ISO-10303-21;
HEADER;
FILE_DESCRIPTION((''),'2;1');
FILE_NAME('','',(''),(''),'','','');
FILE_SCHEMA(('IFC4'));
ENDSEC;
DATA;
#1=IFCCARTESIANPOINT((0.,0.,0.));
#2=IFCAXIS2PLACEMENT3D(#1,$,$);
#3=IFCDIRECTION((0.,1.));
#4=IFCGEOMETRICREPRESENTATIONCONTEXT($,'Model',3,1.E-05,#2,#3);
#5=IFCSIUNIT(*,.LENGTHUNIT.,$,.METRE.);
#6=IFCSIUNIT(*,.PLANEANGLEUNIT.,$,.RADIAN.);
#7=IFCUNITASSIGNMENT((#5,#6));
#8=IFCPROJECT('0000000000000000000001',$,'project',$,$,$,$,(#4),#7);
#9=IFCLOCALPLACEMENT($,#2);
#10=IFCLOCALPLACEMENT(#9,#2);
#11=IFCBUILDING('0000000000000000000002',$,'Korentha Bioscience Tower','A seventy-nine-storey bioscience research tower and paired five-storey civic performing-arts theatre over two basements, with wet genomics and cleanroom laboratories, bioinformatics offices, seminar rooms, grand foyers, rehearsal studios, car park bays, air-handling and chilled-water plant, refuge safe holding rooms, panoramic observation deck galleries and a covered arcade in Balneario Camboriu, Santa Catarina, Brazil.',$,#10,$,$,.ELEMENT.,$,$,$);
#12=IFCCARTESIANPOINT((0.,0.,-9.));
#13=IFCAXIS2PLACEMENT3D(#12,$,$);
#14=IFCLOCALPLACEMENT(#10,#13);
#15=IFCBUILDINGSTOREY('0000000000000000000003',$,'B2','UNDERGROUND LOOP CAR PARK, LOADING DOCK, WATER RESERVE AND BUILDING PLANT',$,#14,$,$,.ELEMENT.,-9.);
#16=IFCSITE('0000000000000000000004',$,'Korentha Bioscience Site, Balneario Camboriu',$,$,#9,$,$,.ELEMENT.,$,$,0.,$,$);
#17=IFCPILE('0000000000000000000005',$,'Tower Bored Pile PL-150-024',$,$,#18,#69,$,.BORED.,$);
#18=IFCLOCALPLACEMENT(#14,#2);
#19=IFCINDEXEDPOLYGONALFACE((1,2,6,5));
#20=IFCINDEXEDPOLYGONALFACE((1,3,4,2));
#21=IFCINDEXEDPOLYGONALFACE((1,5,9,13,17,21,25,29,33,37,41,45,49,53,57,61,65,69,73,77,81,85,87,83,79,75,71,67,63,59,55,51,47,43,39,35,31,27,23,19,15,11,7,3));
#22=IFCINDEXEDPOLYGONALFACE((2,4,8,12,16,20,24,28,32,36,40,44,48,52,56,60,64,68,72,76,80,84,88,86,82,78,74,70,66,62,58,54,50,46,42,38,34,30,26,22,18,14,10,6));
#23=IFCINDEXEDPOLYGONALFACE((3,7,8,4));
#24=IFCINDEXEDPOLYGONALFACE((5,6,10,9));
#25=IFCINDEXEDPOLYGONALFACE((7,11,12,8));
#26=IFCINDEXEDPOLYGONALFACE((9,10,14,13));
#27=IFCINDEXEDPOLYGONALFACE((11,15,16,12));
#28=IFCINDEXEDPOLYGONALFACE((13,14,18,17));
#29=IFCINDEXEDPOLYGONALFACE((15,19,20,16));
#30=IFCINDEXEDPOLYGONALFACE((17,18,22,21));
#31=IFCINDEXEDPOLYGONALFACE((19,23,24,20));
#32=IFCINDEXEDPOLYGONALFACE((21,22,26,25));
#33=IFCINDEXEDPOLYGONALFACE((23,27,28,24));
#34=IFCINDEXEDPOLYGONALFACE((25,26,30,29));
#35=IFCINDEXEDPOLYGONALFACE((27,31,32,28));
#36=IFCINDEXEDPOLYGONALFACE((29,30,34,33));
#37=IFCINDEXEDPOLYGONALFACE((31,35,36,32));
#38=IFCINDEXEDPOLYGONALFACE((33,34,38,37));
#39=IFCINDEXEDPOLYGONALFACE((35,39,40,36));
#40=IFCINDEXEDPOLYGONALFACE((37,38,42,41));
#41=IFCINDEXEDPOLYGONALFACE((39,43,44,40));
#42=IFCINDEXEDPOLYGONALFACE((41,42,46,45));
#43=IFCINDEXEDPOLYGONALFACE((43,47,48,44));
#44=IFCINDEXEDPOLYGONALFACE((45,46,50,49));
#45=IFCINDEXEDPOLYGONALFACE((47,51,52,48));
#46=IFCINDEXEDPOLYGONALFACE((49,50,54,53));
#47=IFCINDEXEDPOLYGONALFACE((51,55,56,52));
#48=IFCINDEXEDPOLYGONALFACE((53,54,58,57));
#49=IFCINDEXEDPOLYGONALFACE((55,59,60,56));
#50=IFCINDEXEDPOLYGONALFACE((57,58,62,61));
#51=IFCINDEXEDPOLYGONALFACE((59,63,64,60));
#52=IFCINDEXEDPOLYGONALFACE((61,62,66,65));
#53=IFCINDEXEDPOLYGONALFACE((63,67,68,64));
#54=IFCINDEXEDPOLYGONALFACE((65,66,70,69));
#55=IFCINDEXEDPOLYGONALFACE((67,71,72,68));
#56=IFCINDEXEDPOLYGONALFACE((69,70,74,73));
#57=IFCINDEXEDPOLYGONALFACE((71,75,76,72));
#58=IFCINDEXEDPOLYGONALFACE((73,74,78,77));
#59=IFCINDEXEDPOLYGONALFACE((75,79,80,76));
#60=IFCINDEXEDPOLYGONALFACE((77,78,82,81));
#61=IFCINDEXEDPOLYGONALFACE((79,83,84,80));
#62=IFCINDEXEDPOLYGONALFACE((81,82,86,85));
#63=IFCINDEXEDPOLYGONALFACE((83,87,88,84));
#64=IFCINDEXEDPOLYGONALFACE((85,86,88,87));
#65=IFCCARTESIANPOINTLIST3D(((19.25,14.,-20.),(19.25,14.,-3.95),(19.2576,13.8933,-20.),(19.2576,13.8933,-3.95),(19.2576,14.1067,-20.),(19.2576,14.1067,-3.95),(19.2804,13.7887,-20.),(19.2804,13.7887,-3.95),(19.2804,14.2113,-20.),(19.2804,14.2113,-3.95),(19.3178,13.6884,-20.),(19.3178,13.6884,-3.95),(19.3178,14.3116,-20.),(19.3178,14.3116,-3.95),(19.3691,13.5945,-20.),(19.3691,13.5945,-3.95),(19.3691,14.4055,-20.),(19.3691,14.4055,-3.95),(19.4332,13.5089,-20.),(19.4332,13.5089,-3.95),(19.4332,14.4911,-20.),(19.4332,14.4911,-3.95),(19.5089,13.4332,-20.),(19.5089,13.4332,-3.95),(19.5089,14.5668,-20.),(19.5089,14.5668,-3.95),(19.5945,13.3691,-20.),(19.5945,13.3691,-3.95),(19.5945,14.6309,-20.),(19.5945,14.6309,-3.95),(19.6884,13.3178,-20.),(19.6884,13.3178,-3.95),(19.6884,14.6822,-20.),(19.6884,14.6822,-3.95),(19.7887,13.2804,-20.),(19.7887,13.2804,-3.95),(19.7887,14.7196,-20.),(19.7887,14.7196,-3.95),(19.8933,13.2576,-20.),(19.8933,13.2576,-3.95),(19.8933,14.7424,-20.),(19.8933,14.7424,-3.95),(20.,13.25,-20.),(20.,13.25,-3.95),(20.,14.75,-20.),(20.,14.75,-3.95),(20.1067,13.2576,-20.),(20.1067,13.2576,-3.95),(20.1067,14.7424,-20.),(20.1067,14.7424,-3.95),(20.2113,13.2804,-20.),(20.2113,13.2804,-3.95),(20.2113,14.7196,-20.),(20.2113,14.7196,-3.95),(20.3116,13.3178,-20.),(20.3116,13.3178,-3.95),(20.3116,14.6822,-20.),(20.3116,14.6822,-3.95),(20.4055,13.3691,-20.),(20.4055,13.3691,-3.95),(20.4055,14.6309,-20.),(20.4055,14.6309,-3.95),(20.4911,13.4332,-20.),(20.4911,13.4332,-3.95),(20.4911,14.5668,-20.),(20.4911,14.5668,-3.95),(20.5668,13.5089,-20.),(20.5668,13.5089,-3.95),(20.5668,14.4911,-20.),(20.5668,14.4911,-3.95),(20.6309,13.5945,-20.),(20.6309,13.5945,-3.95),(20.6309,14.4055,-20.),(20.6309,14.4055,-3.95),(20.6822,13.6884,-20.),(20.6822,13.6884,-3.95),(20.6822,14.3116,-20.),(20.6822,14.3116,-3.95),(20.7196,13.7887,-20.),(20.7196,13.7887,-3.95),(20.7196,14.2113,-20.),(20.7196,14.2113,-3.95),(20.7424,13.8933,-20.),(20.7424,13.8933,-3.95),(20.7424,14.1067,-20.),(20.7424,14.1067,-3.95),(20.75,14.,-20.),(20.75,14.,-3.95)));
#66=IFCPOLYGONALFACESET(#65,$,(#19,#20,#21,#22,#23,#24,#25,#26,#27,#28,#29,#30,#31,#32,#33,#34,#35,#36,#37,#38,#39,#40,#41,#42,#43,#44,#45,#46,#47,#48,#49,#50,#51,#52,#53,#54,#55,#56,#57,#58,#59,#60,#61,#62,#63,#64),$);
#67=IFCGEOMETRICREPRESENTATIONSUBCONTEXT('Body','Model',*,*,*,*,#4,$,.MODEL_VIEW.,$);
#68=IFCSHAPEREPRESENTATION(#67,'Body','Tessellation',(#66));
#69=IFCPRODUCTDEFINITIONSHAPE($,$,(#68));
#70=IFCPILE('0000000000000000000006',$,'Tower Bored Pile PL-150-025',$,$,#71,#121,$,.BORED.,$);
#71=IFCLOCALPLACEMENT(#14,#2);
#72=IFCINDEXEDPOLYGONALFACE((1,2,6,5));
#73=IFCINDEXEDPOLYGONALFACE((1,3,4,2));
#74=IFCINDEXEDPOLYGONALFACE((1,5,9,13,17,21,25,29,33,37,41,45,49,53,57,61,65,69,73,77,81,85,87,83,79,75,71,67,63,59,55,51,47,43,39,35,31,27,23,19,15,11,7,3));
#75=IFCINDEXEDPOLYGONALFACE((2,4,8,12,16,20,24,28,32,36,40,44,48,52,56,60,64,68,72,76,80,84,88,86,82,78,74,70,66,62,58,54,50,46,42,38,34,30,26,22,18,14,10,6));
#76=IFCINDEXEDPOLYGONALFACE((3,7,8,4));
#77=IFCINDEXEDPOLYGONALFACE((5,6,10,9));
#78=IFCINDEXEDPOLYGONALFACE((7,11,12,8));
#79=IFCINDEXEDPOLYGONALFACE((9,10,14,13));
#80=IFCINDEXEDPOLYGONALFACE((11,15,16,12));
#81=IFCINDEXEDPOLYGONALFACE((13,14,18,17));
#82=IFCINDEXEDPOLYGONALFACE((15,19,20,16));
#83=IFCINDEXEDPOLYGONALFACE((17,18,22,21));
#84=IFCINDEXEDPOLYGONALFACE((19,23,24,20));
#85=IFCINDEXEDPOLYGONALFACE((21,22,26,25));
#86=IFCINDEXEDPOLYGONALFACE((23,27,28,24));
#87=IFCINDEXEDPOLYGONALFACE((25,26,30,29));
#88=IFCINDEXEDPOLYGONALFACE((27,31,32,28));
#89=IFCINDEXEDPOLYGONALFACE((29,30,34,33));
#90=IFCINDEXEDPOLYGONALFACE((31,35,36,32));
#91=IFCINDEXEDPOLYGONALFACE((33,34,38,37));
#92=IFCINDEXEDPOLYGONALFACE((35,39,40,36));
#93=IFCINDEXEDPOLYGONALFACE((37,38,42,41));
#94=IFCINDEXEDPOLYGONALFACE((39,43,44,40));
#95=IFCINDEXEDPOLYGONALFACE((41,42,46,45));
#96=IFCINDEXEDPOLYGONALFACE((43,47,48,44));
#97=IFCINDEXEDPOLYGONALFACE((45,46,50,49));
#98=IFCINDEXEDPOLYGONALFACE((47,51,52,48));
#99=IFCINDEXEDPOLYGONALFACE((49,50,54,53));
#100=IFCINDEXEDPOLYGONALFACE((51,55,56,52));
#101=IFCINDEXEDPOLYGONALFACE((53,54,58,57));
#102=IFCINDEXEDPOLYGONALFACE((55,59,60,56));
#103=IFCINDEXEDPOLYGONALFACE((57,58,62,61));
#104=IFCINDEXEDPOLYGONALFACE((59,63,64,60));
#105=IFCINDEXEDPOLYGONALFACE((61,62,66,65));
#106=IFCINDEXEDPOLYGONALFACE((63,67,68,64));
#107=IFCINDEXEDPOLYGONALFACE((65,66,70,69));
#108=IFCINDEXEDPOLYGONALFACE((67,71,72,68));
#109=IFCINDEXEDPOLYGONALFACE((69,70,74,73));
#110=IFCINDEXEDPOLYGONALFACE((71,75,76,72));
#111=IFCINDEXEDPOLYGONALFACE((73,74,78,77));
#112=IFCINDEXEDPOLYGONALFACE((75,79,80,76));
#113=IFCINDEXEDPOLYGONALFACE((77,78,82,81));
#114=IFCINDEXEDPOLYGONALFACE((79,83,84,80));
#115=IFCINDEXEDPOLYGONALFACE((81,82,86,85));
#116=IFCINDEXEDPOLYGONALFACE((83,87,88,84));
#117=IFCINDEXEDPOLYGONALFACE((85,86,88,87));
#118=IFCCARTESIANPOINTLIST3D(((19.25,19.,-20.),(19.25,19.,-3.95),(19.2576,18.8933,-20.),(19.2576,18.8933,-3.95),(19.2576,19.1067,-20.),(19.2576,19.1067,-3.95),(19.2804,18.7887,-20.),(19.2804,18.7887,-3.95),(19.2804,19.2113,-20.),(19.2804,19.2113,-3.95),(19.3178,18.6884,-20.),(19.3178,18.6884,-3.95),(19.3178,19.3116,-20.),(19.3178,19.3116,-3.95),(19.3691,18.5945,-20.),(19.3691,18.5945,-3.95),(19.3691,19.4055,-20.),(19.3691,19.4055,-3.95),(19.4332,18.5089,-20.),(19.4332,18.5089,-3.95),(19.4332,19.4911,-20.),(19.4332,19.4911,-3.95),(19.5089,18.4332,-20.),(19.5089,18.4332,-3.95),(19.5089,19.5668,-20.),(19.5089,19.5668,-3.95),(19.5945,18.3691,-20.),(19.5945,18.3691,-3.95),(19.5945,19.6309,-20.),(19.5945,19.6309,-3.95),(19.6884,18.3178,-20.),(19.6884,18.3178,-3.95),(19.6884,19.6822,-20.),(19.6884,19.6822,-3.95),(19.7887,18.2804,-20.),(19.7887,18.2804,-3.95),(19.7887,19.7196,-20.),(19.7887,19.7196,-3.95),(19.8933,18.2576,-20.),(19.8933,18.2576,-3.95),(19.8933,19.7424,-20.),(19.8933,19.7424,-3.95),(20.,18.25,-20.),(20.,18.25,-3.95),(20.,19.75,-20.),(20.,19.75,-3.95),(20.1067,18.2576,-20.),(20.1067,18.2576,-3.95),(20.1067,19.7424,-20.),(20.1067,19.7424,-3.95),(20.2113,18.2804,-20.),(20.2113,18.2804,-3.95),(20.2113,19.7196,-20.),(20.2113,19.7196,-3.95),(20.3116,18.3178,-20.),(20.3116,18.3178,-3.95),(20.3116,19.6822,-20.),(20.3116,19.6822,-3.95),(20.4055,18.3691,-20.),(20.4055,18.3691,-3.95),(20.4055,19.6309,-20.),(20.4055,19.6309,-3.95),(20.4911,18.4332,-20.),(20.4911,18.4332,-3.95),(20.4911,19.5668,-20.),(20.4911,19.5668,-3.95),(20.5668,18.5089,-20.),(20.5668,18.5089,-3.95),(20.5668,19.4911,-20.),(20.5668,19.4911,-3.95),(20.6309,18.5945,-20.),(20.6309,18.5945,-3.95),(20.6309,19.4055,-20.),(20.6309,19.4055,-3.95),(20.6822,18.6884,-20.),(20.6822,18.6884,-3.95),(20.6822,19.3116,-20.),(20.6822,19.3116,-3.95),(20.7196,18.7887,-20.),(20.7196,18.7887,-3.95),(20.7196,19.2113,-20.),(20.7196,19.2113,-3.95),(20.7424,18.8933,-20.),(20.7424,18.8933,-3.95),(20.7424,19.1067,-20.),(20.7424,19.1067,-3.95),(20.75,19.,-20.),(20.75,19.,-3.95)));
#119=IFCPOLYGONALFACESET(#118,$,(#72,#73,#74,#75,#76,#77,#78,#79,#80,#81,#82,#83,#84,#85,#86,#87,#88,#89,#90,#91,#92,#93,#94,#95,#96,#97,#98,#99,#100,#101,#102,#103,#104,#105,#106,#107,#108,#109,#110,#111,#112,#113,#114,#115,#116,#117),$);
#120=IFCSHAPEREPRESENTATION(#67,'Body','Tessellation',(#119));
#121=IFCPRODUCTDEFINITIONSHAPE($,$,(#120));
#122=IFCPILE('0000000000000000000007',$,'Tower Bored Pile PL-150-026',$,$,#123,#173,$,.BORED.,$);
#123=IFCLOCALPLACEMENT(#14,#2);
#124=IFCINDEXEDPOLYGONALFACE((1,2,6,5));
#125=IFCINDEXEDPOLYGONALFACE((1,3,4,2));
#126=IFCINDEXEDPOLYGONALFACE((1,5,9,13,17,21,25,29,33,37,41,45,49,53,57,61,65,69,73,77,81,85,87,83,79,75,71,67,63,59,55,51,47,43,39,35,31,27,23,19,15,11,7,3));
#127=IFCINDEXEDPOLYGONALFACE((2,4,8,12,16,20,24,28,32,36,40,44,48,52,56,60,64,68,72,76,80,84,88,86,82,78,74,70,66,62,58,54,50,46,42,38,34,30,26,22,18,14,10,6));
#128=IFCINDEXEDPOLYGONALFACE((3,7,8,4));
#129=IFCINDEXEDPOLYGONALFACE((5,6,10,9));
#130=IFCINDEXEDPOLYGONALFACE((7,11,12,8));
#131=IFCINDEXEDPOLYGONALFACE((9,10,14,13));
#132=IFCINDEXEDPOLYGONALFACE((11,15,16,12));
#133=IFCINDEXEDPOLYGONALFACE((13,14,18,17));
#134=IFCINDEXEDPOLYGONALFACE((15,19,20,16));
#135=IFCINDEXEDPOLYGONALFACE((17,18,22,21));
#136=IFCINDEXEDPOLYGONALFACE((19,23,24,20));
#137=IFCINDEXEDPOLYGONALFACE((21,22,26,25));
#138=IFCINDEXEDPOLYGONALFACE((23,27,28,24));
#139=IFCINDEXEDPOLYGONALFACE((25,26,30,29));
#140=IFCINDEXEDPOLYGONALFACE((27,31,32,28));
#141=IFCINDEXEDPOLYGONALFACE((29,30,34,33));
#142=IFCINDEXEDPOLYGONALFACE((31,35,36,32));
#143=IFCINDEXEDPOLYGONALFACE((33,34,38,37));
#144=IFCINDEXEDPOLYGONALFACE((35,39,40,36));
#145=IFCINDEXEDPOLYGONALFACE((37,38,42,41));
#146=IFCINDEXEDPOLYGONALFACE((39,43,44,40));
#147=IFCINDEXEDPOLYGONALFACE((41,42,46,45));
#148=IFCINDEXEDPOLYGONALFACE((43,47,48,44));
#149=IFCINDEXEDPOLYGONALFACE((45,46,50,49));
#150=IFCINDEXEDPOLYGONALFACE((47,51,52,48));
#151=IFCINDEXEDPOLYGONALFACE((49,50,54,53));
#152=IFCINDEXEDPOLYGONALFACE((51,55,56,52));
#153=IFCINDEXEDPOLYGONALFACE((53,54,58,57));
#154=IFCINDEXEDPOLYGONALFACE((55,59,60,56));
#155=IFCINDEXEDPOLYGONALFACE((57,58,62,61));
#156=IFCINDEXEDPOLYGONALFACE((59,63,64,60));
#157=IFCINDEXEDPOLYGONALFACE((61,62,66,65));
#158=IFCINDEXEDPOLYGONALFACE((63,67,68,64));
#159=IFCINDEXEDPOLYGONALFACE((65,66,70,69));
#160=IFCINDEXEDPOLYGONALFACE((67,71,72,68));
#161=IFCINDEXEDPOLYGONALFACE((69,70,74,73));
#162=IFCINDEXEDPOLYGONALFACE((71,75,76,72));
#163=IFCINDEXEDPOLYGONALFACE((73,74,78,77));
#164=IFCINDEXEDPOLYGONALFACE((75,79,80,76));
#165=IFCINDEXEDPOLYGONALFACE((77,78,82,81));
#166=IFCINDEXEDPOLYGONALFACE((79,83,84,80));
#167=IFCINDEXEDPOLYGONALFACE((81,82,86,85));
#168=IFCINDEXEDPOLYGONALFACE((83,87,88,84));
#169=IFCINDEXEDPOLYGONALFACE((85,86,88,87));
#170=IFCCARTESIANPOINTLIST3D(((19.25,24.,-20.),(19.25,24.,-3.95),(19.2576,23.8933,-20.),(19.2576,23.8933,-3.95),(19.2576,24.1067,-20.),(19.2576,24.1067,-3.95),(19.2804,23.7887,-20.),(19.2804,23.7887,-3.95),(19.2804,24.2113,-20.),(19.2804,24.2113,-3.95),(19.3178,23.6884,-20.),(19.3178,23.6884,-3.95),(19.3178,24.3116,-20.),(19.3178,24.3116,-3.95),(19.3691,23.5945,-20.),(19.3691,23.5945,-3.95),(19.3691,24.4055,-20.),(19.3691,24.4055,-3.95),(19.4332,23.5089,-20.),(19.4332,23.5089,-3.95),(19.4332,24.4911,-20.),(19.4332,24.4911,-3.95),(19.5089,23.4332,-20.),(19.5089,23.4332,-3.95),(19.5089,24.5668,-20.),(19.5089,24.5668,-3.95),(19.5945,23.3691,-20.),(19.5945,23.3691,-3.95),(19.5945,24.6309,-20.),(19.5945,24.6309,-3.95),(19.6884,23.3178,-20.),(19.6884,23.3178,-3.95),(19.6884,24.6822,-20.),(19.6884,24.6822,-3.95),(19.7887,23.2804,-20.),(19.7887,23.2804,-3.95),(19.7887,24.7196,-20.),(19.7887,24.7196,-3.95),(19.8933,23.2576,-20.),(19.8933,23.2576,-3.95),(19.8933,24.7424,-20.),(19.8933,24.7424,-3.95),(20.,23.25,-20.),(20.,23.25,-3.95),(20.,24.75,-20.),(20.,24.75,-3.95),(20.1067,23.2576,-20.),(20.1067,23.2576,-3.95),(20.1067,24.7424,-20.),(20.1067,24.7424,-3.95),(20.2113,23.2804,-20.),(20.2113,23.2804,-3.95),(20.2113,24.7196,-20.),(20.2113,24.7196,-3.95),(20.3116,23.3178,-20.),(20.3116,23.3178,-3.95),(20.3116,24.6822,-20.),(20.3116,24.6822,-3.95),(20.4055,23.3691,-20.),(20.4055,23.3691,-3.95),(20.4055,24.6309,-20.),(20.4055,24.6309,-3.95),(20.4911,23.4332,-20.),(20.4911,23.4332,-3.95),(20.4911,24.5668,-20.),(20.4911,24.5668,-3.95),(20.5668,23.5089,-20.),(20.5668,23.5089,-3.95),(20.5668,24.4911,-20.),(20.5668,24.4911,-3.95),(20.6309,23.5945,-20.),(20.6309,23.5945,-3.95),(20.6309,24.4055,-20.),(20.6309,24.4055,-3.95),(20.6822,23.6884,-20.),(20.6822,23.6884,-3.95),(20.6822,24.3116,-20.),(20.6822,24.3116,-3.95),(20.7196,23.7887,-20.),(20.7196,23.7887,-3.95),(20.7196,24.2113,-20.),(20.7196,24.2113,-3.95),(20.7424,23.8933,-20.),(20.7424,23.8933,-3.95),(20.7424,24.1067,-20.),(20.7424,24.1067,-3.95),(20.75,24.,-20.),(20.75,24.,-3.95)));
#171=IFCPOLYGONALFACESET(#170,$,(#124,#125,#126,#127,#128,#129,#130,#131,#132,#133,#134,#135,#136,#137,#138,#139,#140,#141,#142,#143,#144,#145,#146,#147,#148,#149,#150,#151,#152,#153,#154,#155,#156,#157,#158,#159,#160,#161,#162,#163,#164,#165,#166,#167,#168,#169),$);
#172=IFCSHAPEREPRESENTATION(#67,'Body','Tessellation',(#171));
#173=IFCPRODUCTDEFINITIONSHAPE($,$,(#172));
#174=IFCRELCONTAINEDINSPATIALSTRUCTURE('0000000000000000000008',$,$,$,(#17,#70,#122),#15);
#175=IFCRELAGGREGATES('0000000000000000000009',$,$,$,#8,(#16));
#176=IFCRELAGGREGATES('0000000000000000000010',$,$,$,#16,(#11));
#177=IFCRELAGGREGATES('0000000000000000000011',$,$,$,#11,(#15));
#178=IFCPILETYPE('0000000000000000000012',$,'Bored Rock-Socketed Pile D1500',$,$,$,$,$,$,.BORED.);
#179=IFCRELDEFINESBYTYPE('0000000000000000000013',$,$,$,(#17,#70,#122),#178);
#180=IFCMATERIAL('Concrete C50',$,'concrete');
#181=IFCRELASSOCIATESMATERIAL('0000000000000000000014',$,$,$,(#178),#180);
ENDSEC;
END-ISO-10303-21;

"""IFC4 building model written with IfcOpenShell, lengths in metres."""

from ifc_helpers import new_model, si_unit, direction, frame, origin, origin_2d, place, context, subcontext, project, spatial, circle, extrude, material, material_profile, profile_set, type_object, element, save


model = new_model("IFC4")

# Units and contexts
model_context = context("Model", 3, precision=1e-05, world=origin(), true_north=direction((0.0, 1.0)))
body_context = subcontext(model_context, "Body", "Model", "MODEL_VIEW")
ifc_project = project(units=[si_unit("LENGTHUNIT", "METRE"), si_unit("PLANEANGLEUNIT", "RADIAN")], contexts=[model_context])

# Site, building, storey
site_placement = place(None, origin())
site = spatial("IfcSite", under=ifc_project, at=site_placement, Name="Korentha Bioscience Site, Balneario Camboriu", CompositionType="ELEMENT", RefElevation=0.0)
building_placement = place(site_placement, origin())
building = spatial("IfcBuilding", under=site, at=building_placement, Name="Korentha Bioscience Tower", Description="A seventy-nine-storey bioscience research tower and paired five-storey civic performing-arts theatre over two basements, with wet genomics and cleanroom laboratories, bioinformatics offices, seminar rooms, grand foyers, rehearsal studios, car park bays, air-handling and chilled-water plant, refuge safe holding rooms, panoramic observation deck galleries and a covered arcade in Balneario Camboriu, Santa Catarina, Brazil.", CompositionType="ELEMENT")
storey_placement = place(building_placement, frame((0.0, 0.0, -9.0)))
storey = spatial("IfcBuildingStorey", under=building, at=storey_placement, Name="B2", Description="UNDERGROUND LOOP CAR PARK, LOADING DOCK, WATER RESERVE AND BUILDING PLANT", CompositionType="ELEMENT", Elevation=-9.0)

# Piles
ifc_material_1 = material(Name="Concrete C50", Category="concrete")
ifc_material_profile_1 = material_profile(ifc_material_1, circle(Radius=0.75, at=origin_2d()), Name="Concrete C50")
ifc_profile_set_1 = profile_set([ifc_material_profile_1], Name="Concrete C50 (PL-150)")
pile_type = type_object("IfcPileType", Name="Bored Rock-Socketed Pile D1500", PredefinedType="BORED", material=ifc_profile_set_1)
for number, where, z_axis, x_axis, name in (
    (1, (20.0, 14.0, -3.95), (0.0, 0.0, -1.0), (1.0, 0.0, 0.0), "Tower Bored Pile PL-150-024"),
    (2, (20.0, 19.0, -3.95), (0.0, 0.0, -1.0), (1.0, 0.0, 0.0), "Tower Bored Pile PL-150-025"),
    (3, (20.0, 24.0, -3.95), (0.0, 0.0, -1.0), (1.0, 0.0, 0.0), "Tower Bored Pile PL-150-026"),
):
    element("IfcPile", number, at=place(storey_placement, frame(where, z_axis=z_axis, x_axis=x_axis)), inside=storey, type_object=pile_type, Name=name, PredefinedType="BORED", context=body_context, shape_type="SweptSolid", body=[
        extrude(circle(Radius=0.75, at=origin_2d()), origin(), (0.0, 0.0, 1.0), 16.05),
    ])

save(model, "model.ifc")
